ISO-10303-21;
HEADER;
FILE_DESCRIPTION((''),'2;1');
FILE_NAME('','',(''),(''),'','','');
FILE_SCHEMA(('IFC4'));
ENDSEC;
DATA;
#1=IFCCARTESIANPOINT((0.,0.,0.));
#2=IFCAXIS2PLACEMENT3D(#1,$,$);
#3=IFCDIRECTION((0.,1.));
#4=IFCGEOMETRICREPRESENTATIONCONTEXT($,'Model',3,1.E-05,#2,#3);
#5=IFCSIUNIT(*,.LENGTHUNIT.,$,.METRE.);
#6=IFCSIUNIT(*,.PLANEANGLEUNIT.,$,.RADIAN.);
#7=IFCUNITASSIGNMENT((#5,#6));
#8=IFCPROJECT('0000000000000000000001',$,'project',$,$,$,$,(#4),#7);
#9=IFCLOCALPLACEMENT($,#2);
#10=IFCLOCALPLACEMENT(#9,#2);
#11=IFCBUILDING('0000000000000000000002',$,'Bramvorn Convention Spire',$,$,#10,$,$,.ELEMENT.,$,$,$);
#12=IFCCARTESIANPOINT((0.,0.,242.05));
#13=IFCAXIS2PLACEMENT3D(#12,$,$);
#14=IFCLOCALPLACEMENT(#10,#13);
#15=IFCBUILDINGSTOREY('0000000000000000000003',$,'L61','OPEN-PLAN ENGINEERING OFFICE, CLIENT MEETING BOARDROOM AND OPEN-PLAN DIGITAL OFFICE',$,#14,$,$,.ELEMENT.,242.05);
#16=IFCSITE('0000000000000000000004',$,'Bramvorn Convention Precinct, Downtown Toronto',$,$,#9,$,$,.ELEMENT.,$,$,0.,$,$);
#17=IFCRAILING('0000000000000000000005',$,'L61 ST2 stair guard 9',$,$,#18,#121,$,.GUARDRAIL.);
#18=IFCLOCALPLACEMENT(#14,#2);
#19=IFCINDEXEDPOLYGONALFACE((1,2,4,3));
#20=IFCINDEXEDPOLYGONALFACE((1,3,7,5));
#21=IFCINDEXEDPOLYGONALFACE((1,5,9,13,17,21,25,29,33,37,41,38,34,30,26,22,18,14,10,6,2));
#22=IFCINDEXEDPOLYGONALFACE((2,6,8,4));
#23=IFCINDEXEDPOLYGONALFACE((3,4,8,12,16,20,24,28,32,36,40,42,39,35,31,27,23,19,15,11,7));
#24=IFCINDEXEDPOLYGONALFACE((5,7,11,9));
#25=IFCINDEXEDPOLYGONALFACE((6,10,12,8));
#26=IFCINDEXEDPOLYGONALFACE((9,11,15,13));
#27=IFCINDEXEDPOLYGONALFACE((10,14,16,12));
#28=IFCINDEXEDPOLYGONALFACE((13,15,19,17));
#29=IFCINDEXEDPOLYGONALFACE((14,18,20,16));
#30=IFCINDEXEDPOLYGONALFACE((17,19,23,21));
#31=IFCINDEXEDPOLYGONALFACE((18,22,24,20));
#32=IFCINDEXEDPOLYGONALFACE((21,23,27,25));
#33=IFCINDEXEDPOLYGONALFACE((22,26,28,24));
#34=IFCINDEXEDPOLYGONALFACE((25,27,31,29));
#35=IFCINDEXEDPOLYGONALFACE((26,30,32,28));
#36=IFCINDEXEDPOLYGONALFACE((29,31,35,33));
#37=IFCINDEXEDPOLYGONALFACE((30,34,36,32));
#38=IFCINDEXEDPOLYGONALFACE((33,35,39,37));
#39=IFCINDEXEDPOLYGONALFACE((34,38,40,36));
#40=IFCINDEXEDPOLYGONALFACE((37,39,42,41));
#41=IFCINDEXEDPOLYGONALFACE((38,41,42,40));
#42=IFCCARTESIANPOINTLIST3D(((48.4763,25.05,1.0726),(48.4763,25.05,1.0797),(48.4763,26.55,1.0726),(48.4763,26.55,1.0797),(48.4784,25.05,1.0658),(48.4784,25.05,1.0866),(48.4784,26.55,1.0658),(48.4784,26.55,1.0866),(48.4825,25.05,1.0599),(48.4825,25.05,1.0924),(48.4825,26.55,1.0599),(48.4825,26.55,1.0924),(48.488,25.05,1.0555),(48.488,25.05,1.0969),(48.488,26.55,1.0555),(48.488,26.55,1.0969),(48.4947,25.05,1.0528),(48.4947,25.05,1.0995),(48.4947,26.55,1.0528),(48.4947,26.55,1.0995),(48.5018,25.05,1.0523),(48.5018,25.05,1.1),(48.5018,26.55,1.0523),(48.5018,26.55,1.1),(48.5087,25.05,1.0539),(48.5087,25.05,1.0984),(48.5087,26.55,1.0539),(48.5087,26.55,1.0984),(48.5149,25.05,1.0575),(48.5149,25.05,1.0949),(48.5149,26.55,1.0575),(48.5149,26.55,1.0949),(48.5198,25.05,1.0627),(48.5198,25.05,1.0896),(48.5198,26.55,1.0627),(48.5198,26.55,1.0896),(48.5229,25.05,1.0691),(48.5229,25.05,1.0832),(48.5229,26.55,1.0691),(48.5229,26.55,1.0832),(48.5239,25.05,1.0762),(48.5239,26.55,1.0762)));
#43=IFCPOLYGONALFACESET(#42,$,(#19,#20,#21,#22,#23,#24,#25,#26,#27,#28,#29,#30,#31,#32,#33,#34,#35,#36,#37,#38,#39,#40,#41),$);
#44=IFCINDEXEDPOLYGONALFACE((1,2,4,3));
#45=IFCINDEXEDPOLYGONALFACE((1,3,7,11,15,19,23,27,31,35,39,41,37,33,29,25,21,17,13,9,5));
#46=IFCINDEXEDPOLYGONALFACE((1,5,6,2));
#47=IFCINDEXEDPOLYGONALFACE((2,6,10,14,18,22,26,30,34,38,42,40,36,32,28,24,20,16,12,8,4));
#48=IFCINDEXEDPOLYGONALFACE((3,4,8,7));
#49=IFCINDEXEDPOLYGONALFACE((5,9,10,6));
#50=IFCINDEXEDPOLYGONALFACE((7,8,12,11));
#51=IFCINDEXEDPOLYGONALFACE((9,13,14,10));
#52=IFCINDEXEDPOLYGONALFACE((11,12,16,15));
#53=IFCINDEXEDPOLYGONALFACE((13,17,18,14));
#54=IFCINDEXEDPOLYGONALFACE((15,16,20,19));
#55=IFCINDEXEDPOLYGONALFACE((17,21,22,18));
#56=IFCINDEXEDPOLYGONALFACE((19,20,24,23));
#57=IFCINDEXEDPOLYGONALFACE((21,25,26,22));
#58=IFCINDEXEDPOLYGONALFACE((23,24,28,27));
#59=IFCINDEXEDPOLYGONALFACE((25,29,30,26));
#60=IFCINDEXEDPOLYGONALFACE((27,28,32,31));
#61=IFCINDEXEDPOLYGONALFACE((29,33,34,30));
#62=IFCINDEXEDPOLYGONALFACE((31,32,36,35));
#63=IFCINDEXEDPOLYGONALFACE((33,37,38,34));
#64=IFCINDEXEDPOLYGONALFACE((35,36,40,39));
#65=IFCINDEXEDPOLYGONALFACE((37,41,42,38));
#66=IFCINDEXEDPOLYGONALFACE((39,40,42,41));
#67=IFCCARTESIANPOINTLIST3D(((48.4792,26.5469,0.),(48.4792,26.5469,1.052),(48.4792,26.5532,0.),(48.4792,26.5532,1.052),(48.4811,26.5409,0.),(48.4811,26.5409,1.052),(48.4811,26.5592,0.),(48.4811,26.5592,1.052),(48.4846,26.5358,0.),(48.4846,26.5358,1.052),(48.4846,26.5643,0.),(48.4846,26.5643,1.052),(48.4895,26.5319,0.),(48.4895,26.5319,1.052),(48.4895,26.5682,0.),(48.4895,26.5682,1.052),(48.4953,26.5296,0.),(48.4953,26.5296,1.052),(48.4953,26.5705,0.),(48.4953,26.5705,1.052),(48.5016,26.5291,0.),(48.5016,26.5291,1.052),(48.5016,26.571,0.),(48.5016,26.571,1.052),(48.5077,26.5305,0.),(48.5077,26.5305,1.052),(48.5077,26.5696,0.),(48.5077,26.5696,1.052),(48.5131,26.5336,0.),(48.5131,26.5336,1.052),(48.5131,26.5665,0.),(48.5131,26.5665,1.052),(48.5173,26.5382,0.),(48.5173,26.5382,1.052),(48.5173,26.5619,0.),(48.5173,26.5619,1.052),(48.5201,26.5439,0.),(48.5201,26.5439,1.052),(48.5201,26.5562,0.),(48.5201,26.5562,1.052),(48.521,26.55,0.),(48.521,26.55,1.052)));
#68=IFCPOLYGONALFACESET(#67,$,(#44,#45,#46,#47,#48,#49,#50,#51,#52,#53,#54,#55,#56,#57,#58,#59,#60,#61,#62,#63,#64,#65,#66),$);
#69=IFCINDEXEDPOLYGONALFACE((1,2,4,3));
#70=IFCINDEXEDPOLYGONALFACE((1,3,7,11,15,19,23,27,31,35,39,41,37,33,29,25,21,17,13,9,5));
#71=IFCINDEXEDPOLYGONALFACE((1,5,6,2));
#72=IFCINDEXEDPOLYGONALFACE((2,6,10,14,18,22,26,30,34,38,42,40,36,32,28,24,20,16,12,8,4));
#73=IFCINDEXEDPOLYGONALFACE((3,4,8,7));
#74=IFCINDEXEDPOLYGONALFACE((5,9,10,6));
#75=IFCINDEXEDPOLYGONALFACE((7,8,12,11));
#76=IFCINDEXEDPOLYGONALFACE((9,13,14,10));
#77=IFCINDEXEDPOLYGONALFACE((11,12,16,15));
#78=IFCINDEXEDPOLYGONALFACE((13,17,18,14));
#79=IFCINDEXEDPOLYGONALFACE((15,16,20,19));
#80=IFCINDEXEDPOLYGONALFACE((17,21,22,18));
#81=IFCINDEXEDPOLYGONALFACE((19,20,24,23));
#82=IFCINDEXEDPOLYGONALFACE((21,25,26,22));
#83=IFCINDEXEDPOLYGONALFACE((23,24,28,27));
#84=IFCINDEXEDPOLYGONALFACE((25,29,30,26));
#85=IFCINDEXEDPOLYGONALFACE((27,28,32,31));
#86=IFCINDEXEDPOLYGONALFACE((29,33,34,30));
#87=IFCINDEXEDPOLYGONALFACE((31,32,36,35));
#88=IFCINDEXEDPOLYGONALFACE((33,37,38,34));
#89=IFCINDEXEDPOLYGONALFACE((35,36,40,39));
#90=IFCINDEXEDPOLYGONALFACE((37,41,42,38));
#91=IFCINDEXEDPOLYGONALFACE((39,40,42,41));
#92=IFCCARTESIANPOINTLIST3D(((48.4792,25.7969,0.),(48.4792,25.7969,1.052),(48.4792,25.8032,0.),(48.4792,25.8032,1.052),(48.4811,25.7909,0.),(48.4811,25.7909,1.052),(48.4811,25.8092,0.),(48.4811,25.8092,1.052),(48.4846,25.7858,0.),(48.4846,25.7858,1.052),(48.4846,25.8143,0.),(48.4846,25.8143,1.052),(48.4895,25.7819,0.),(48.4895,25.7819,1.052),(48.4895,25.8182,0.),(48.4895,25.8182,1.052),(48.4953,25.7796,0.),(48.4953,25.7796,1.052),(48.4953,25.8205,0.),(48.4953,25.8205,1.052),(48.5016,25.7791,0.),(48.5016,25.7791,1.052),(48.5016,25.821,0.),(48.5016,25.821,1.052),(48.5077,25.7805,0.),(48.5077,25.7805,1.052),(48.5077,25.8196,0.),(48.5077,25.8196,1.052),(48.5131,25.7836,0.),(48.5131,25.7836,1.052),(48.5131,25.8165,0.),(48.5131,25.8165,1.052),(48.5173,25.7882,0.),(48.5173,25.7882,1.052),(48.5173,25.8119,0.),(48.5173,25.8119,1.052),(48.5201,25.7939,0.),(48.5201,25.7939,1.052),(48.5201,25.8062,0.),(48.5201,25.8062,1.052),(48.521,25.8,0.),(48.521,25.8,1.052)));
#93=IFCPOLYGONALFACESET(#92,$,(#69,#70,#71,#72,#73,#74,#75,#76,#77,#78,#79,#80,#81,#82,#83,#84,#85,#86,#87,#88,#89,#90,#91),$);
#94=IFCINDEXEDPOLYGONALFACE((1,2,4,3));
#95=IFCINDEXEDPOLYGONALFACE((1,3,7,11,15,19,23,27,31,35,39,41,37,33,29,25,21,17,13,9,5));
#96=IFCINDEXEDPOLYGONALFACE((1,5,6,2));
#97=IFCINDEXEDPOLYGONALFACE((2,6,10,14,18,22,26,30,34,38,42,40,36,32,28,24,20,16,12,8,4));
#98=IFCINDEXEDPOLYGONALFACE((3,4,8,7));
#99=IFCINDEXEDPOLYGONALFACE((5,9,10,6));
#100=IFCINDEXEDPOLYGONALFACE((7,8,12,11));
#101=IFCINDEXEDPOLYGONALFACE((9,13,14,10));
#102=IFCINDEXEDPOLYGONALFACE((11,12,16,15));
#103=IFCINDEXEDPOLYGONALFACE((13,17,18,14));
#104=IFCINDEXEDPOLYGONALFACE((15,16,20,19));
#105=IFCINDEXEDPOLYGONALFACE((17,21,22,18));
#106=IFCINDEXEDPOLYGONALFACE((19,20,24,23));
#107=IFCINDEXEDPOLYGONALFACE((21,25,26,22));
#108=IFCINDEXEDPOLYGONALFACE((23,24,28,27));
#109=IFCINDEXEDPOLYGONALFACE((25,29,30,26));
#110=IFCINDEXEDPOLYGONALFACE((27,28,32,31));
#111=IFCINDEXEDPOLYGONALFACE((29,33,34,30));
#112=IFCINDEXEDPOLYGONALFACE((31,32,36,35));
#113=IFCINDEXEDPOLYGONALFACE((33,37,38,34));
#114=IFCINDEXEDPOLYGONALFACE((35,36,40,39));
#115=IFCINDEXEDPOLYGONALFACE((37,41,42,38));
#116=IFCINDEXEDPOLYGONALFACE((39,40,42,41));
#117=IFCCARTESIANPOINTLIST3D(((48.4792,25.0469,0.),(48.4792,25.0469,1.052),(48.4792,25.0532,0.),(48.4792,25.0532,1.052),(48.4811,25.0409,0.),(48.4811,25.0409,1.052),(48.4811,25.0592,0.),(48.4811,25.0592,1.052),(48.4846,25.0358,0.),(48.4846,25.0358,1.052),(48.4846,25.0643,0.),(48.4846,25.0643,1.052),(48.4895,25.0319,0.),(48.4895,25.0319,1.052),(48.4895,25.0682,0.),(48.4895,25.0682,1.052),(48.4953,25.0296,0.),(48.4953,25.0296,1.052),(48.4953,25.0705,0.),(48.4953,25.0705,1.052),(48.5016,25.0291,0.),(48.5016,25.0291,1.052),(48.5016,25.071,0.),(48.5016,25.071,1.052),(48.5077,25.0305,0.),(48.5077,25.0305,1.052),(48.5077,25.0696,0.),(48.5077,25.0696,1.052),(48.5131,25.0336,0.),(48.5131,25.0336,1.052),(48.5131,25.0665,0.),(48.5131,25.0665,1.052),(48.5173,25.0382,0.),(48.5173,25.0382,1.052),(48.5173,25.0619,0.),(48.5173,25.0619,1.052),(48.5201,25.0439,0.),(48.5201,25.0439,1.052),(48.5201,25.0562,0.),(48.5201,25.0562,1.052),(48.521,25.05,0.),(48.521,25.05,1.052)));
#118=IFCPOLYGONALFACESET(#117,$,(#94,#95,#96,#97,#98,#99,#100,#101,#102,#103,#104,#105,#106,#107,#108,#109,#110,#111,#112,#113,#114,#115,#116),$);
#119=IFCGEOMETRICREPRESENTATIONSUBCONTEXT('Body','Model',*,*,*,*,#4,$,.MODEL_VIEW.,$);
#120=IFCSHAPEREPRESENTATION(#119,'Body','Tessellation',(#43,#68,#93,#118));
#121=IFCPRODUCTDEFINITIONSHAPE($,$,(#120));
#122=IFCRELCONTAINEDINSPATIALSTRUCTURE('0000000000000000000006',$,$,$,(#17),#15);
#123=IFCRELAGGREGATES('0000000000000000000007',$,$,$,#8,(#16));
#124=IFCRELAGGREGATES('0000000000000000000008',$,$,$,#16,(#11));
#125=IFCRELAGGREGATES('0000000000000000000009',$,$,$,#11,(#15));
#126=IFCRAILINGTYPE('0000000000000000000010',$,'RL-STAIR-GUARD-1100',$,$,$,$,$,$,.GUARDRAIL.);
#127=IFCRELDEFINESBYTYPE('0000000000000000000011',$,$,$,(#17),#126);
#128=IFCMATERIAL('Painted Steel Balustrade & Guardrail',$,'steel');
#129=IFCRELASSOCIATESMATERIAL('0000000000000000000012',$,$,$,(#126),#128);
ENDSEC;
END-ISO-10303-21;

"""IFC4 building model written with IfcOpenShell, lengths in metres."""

from ifc_helpers import new_model, si_unit, direction, frame, origin, origin_2d, place, context, subcontext, project, spatial, circle, extrude, material, type_object, element, save


model = new_model("IFC4")

# Units and contexts
model_context = context("Model", 3, precision=1e-05, world=origin(), true_north=direction((0.0, 1.0)))
body_context = subcontext(model_context, "Body", "Model", "MODEL_VIEW")
ifc_project = project(units=[si_unit("LENGTHUNIT", "METRE"), si_unit("PLANEANGLEUNIT", "RADIAN")], contexts=[model_context])

# Site, building, storey
site_placement = place(None, origin())
site = spatial("IfcSite", under=ifc_project, at=site_placement, Name="Bramvorn Convention Precinct, Downtown Toronto", CompositionType="ELEMENT", RefElevation=0.0)
building_placement = place(site_placement, origin())
building = spatial("IfcBuilding", under=site, at=building_placement, Name="Bramvorn Convention Spire", CompositionType="ELEMENT")
storey_placement = place(building_placement, frame((0.0, 0.0, 242.05)))
storey = spatial("IfcBuildingStorey", under=building, at=storey_placement, Name="L61", Description="OPEN-PLAN ENGINEERING OFFICE, CLIENT MEETING BOARDROOM AND OPEN-PLAN DIGITAL OFFICE", CompositionType="ELEMENT", Elevation=242.05)

# Railing
ifc_material_1 = material(Name="Painted Steel Balustrade & Guardrail", Category="steel")
railing_type = type_object("IfcRailingType", Name="RL-STAIR-GUARD-1100", PredefinedType="GUARDRAIL", material=ifc_material_1)
railing_1_placement = place(storey_placement, frame((48.5, 26.55, 0.0)))
element("IfcRailing", 1, at=railing_1_placement, inside=storey, type_object=railing_type, Name="L61 ST2 stair guard 9", PredefinedType="GUARDRAIL", context=body_context, shape_type="SweptSolid", body=[
    extrude(circle(Radius=0.0239, at=origin_2d()), frame((0.0, 0.0, 1.0762), z_axis=(0.0, -1.0, 0.0), x_axis=(1.0, 0.0, 0.0)), (0.0, 0.0, 1.0), 1.5),
    extrude(circle(Radius=0.021, at=origin_2d()), origin(), (0.0, 0.0, 1.0), 1.052),
    extrude(circle(Radius=0.021, at=origin_2d()), frame((0.0, -0.75, 0.0)), (0.0, 0.0, 1.0), 1.052),
    extrude(circle(Radius=0.021, at=origin_2d()), frame((0.0, -1.5, 0.0)), (0.0, 0.0, 1.0), 1.052),
])

save(model, "model.ifc")
